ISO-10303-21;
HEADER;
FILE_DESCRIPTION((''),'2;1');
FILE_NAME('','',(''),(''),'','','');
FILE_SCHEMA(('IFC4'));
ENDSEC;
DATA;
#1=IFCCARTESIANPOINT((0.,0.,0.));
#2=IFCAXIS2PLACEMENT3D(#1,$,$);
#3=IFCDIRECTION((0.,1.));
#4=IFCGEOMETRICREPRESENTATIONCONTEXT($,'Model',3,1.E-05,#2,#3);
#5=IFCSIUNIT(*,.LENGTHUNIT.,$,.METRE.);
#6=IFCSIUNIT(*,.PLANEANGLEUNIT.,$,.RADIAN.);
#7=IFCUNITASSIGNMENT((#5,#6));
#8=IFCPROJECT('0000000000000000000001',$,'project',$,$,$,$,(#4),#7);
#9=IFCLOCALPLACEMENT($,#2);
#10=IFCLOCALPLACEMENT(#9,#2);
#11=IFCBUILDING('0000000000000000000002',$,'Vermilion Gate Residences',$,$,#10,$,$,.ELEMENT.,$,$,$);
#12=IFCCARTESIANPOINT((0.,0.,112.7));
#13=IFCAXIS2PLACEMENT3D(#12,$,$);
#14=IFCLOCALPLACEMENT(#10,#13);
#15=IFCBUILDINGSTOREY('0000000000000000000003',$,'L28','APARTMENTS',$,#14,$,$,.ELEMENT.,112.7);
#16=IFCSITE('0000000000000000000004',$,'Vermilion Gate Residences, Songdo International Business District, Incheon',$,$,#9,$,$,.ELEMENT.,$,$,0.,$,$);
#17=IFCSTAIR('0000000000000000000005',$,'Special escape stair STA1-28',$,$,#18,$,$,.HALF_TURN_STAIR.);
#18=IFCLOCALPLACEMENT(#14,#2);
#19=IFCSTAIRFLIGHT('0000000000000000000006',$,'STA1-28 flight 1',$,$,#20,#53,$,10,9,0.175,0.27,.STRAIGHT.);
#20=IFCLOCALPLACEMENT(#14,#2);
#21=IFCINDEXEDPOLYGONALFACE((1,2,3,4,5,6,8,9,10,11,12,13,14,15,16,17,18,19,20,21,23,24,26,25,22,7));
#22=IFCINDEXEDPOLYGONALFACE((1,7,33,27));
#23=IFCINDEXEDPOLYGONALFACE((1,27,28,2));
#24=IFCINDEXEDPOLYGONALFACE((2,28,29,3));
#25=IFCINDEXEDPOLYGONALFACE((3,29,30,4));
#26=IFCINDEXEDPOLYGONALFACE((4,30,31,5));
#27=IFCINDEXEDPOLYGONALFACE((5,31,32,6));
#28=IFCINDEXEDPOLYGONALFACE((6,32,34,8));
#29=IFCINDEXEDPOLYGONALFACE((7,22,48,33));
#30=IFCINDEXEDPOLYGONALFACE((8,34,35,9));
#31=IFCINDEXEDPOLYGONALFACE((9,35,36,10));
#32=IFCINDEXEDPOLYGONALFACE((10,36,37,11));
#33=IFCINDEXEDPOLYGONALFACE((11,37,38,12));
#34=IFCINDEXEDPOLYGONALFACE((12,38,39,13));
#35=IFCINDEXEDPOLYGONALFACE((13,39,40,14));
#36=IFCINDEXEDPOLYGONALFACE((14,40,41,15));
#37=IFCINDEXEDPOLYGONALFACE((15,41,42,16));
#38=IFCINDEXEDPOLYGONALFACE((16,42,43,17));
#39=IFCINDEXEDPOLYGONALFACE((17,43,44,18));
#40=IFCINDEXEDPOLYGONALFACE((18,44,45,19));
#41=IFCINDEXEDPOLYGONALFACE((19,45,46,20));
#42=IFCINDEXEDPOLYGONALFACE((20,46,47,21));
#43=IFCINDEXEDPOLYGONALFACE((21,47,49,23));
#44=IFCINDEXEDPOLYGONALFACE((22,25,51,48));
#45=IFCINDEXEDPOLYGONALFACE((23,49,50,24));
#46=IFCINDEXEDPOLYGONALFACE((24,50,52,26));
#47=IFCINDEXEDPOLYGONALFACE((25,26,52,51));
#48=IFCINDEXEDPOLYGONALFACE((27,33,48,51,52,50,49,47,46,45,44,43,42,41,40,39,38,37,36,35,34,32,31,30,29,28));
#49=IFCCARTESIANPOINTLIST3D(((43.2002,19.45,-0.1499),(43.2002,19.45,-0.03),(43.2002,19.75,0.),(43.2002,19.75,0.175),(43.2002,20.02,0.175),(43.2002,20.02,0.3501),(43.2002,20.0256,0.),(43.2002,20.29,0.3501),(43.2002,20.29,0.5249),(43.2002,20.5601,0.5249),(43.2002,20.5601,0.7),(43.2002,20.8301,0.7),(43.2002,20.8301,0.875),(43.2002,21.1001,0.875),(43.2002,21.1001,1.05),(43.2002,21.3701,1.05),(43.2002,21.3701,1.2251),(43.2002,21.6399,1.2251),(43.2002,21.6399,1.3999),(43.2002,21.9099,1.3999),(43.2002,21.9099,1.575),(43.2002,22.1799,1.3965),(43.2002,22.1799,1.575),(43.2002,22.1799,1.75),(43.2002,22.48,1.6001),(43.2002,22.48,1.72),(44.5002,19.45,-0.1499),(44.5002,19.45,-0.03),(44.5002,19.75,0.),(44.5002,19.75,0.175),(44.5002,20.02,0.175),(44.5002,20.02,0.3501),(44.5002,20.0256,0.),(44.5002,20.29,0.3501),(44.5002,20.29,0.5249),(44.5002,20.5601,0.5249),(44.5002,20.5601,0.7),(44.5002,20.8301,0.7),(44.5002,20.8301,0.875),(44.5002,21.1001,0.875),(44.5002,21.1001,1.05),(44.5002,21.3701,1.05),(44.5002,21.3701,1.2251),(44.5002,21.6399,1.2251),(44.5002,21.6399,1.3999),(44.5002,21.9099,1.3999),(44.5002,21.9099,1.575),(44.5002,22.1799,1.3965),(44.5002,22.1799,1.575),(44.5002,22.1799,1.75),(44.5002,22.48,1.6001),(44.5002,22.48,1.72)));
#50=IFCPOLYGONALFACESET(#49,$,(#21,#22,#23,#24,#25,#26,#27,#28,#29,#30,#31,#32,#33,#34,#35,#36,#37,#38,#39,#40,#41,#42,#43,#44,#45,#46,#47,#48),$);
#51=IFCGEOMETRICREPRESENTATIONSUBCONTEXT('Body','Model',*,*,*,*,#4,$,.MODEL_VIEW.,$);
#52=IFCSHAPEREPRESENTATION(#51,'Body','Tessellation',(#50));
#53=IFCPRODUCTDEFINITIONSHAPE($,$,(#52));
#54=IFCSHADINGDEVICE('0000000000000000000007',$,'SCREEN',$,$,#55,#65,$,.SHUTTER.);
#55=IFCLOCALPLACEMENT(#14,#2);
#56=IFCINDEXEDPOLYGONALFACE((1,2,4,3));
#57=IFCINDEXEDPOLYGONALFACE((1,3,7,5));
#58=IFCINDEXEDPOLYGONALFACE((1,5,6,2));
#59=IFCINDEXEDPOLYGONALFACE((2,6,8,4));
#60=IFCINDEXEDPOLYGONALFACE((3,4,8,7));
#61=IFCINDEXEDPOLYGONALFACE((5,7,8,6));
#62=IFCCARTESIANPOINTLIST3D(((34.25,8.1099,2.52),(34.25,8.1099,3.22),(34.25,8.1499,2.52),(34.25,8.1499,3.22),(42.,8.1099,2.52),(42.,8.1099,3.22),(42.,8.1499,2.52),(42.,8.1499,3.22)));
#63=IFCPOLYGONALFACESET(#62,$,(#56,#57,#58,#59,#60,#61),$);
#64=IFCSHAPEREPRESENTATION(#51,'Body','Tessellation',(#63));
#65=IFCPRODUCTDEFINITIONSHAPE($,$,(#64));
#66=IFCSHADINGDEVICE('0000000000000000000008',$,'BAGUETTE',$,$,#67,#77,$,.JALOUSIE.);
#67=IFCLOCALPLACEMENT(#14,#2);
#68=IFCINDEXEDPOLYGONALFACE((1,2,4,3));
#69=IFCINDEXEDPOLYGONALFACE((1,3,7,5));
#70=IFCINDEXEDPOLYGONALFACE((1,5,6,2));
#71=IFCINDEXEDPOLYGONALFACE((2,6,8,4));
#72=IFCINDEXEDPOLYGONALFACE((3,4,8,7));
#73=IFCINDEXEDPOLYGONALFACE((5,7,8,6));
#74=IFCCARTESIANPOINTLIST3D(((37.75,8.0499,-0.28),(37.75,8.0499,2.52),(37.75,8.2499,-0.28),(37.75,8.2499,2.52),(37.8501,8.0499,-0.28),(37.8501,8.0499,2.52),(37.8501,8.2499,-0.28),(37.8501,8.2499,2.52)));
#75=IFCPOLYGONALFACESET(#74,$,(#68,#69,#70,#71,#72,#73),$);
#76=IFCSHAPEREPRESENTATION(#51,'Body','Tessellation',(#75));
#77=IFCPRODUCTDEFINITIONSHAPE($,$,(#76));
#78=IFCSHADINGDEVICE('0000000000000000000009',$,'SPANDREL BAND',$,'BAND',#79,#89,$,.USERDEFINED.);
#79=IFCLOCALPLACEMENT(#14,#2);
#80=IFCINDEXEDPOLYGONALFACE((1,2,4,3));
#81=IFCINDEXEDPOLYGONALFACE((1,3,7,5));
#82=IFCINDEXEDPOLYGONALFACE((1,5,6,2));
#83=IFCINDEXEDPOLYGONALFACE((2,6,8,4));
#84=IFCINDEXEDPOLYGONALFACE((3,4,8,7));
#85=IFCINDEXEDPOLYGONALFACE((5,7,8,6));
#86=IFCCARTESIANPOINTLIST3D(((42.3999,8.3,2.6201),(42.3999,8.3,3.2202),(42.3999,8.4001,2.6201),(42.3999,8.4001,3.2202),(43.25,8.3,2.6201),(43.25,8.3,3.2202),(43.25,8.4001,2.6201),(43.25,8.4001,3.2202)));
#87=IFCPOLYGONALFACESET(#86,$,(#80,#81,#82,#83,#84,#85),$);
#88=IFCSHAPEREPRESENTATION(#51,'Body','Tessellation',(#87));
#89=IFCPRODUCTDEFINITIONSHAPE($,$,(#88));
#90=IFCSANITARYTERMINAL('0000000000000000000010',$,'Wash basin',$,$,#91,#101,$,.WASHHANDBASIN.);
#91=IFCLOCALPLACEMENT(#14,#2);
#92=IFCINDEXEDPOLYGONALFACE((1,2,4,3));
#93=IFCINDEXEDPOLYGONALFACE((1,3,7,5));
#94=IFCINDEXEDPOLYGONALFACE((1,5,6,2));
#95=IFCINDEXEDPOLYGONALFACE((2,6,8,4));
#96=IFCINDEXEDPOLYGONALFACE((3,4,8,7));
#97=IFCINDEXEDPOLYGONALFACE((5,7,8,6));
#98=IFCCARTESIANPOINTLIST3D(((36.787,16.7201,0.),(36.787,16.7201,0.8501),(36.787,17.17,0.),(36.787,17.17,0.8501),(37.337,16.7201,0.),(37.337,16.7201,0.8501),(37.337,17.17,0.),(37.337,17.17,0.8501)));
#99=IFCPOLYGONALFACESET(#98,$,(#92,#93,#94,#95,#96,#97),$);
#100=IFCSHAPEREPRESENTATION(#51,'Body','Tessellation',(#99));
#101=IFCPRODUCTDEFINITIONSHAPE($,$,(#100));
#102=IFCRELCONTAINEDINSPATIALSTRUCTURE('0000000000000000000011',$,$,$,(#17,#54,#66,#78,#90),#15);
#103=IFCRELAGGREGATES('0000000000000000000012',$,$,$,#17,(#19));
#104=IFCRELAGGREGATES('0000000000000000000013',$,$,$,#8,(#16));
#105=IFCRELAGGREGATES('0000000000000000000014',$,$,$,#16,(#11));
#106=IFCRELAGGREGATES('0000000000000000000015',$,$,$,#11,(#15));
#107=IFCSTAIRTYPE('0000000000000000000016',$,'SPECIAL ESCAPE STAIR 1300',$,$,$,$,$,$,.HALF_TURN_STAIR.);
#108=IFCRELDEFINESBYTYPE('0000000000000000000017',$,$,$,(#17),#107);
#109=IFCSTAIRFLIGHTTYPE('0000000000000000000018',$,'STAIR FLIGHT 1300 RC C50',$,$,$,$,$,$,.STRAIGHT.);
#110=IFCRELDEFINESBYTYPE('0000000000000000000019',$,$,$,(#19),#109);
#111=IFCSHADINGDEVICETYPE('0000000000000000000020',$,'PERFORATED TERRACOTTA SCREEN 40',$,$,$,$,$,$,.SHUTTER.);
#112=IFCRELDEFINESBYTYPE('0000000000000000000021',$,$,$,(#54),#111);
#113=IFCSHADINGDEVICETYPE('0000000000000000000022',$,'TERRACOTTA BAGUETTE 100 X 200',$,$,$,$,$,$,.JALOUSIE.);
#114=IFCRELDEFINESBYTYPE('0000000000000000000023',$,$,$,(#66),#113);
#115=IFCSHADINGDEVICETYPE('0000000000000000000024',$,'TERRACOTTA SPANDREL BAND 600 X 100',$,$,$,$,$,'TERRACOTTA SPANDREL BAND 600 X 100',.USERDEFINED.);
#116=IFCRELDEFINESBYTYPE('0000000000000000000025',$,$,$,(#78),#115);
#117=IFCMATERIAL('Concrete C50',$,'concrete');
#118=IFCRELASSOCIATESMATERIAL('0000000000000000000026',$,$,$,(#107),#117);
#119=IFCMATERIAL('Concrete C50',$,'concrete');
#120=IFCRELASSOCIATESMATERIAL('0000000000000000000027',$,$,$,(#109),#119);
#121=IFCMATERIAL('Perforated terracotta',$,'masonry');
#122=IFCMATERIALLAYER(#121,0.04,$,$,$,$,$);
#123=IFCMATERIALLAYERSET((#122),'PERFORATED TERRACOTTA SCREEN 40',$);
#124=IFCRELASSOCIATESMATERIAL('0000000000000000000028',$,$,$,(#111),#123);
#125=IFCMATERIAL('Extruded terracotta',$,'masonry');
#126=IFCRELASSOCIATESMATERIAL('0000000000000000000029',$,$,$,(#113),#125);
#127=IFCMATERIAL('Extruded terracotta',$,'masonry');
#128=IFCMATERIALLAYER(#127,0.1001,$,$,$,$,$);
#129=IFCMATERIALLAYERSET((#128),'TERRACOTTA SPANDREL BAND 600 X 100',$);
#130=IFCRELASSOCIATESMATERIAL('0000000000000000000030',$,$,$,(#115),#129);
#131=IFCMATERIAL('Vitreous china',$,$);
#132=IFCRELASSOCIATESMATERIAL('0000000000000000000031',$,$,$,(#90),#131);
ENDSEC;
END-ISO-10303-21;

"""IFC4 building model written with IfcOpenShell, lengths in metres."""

from ifc_helpers import new_model, si_unit, direction, frame, origin, origin_2d, place, context, subcontext, project, spatial, polyline, rectangle, outline, extrude, material, layer, layer_set, material_profile, profile_set, type_object, element, aggregate, save


model = new_model("IFC4")

# Units and contexts
model_context = context("Model", 3, precision=1e-05, world=origin(), true_north=direction((0.0, 1.0)))
body_context = subcontext(model_context, "Body", "Model", "MODEL_VIEW")
ifc_project = project(units=[si_unit("LENGTHUNIT", "METRE"), si_unit("PLANEANGLEUNIT", "RADIAN")], contexts=[model_context])

# Site, building, storey
site_placement = place(None, origin())
site = spatial("IfcSite", under=ifc_project, at=site_placement, Name="Vermilion Gate Residences, Songdo International Business District, Incheon", CompositionType="ELEMENT", RefElevation=0.0)
building_placement = place(site_placement, origin())
building = spatial("IfcBuilding", under=site, at=building_placement, Name="Vermilion Gate Residences", CompositionType="ELEMENT")
storey_placement = place(building_placement, frame((0.0, 0.0, 112.7)))
storey = spatial("IfcBuildingStorey", under=building, at=storey_placement, Name="L28", Description="APARTMENTS", CompositionType="ELEMENT", Elevation=112.7)

# Stair, stair flight
ifc_material_1 = material(Name="Concrete C50", Category="concrete")
stair_type = type_object("IfcStairType", Name="SPECIAL ESCAPE STAIR 1300", PredefinedType="HALF_TURN_STAIR", material=ifc_material_1)
stair_placement = place(storey_placement, origin())
stair = element("IfcStair", 1, at=stair_placement, inside=storey, type_object=stair_type, Name="Special escape stair STA1-28", PredefinedType="HALF_TURN_STAIR")
ifc_material_2 = material(Name="Concrete C50", Category="concrete")
stair_flight_type = type_object("IfcStairFlightType", Name="STAIR FLIGHT 1300 RC C50", PredefinedType="STRAIGHT", material=ifc_material_2)
stair_flight_placement = place(storey_placement, frame((43.8501, 19.75, 0.0), z_axis=(0.0, 0.0, 1.0), x_axis=(0.0, 1.0, 0.0)))
stair_flight = element("IfcStairFlight", 2, at=stair_flight_placement, type_object=stair_flight_type, Name="STA1-28 flight 1", NumberOfRisers=10, NumberOfTreads=9, PredefinedType="STRAIGHT", RiserHeight=0.175, TreadLength=0.27, context=body_context, shape_type="SweptSolid", body=[
    extrude(outline(polyline([(-0.3, -0.1499), (-0.3, -0.03), (0.0, 0.0), (0.0, 0.175), (0.27, 0.175), (0.27, 0.3501), (0.54, 0.3501), (0.54, 0.5249), (0.8101, 0.5249), (0.8101, 0.7), (1.0801, 0.7), (1.0801, 0.875), (1.3501, 0.875), (1.3501, 1.05), (1.6201, 1.05), (1.6201, 1.2251), (1.8899, 1.2251), (1.8899, 1.3999), (2.1599, 1.3999), (2.1599, 1.575), (2.4299, 1.575), (2.4299, 1.75), (2.73, 1.72), (2.73, 1.6001), (2.4299, 1.3965), (0.2756, 0.0), (-0.3, -0.1499)])), frame((0.0, 0.6499, 0.0), z_axis=(0.0, -1.0, 0.0), x_axis=(1.0, 0.0, 0.0)), (0.0, 0.0, 1.0), 1.3),
])
aggregate(stair, [stair_flight])

# Shading device
ifc_material_3 = material(Name="Perforated terracotta", Category="masonry")
ifc_layer_1 = layer(ifc_material_3, 0.04)
ifc_layer_set_1 = layer_set([ifc_layer_1], Name="PERFORATED TERRACOTTA SCREEN 40")
shading_device_type_1 = type_object("IfcShadingDeviceType", Name="PERFORATED TERRACOTTA SCREEN 40", PredefinedType="SHUTTER", material=ifc_layer_set_1)
shading_device_1_placement = place(storey_placement, frame((38.125, 8.1299, 2.52), z_axis=(0.0, 0.0, 1.0), x_axis=(1.0, 0.0, 0.0)))
element("IfcShadingDevice", 3, at=shading_device_1_placement, inside=storey, type_object=shading_device_type_1, Name="SCREEN", PredefinedType="SHUTTER", context=body_context, shape_type="SweptSolid", body=[
    extrude(rectangle(XDim=7.75, YDim=0.04, at=origin_2d()), origin(), (0.0, 0.0, 1.0), 0.7),
])

# Shading devices
ifc_material_4 = material(Name="Extruded terracotta", Category="masonry")
ifc_material_profile_1 = material_profile(ifc_material_4, rectangle(XDim=0.2, YDim=0.1001, at=origin_2d()), Name="BAGUETTE 100 X 200")
ifc_profile_set_1 = profile_set([ifc_material_profile_1], Name="Extruded terracotta")
shading_device_type_2 = type_object("IfcShadingDeviceType", Name="TERRACOTTA BAGUETTE 100 X 200", PredefinedType="JALOUSIE", material=ifc_profile_set_1)
shading_device_2_placement = place(storey_placement, frame((37.8, 8.1499, -0.28), z_axis=(0.0, 0.0, 1.0), x_axis=(0.0, 1.0, 0.0)))
element("IfcShadingDevice", 4, at=shading_device_2_placement, inside=storey, type_object=shading_device_type_2, Name="BAGUETTE", PredefinedType="JALOUSIE", context=body_context, shape_type="SweptSolid", body=[
    extrude(rectangle(XDim=0.2, YDim=0.1001, at=origin_2d()), origin(), (0.0, 0.0, 1.0), 2.8),
])
ifc_material_5 = material(Name="Extruded terracotta", Category="masonry")
ifc_layer_2 = layer(ifc_material_5, 0.1001)
ifc_layer_set_2 = layer_set([ifc_layer_2], Name="TERRACOTTA SPANDREL BAND 600 X 100")
shading_device_type_3 = type_object("IfcShadingDeviceType", Name="TERRACOTTA SPANDREL BAND 600 X 100", ElementType="TERRACOTTA SPANDREL BAND 600 X 100", PredefinedType="USERDEFINED", material=ifc_layer_set_2)
shading_device_3_placement = place(storey_placement, frame((42.825, 8.3501, 2.6201), z_axis=(0.0, 0.0, 1.0), x_axis=(1.0, 0.0, 0.0)))
element("IfcShadingDevice", 5, at=shading_device_3_placement, inside=storey, type_object=shading_device_type_3, Name="SPANDREL BAND", ObjectType="BAND", PredefinedType="USERDEFINED", context=body_context, shape_type="SweptSolid", body=[
    extrude(rectangle(XDim=0.8501, YDim=0.1001, at=origin_2d()), origin(), (0.0, 0.0, 1.0), 0.6001),
])

# Sanitary terminal
ifc_material_6 = material(Name="Vitreous china")
sanitary_terminal_placement = place(storey_placement, frame((37.062, 16.9451, 0.0), z_axis=(0.0, 0.0, 1.0), x_axis=(1.0, 0.0, 0.0)))
element("IfcSanitaryTerminal", 6, at=sanitary_terminal_placement, inside=storey, material=ifc_material_6, Name="Wash basin", PredefinedType="WASHHANDBASIN", context=body_context, shape_type="SweptSolid", body=[
    extrude(rectangle(XDim=0.55, YDim=0.45, at=origin_2d()), origin(), (0.0, 0.0, 1.0), 0.8501),
])

save(model, "model.ifc")
